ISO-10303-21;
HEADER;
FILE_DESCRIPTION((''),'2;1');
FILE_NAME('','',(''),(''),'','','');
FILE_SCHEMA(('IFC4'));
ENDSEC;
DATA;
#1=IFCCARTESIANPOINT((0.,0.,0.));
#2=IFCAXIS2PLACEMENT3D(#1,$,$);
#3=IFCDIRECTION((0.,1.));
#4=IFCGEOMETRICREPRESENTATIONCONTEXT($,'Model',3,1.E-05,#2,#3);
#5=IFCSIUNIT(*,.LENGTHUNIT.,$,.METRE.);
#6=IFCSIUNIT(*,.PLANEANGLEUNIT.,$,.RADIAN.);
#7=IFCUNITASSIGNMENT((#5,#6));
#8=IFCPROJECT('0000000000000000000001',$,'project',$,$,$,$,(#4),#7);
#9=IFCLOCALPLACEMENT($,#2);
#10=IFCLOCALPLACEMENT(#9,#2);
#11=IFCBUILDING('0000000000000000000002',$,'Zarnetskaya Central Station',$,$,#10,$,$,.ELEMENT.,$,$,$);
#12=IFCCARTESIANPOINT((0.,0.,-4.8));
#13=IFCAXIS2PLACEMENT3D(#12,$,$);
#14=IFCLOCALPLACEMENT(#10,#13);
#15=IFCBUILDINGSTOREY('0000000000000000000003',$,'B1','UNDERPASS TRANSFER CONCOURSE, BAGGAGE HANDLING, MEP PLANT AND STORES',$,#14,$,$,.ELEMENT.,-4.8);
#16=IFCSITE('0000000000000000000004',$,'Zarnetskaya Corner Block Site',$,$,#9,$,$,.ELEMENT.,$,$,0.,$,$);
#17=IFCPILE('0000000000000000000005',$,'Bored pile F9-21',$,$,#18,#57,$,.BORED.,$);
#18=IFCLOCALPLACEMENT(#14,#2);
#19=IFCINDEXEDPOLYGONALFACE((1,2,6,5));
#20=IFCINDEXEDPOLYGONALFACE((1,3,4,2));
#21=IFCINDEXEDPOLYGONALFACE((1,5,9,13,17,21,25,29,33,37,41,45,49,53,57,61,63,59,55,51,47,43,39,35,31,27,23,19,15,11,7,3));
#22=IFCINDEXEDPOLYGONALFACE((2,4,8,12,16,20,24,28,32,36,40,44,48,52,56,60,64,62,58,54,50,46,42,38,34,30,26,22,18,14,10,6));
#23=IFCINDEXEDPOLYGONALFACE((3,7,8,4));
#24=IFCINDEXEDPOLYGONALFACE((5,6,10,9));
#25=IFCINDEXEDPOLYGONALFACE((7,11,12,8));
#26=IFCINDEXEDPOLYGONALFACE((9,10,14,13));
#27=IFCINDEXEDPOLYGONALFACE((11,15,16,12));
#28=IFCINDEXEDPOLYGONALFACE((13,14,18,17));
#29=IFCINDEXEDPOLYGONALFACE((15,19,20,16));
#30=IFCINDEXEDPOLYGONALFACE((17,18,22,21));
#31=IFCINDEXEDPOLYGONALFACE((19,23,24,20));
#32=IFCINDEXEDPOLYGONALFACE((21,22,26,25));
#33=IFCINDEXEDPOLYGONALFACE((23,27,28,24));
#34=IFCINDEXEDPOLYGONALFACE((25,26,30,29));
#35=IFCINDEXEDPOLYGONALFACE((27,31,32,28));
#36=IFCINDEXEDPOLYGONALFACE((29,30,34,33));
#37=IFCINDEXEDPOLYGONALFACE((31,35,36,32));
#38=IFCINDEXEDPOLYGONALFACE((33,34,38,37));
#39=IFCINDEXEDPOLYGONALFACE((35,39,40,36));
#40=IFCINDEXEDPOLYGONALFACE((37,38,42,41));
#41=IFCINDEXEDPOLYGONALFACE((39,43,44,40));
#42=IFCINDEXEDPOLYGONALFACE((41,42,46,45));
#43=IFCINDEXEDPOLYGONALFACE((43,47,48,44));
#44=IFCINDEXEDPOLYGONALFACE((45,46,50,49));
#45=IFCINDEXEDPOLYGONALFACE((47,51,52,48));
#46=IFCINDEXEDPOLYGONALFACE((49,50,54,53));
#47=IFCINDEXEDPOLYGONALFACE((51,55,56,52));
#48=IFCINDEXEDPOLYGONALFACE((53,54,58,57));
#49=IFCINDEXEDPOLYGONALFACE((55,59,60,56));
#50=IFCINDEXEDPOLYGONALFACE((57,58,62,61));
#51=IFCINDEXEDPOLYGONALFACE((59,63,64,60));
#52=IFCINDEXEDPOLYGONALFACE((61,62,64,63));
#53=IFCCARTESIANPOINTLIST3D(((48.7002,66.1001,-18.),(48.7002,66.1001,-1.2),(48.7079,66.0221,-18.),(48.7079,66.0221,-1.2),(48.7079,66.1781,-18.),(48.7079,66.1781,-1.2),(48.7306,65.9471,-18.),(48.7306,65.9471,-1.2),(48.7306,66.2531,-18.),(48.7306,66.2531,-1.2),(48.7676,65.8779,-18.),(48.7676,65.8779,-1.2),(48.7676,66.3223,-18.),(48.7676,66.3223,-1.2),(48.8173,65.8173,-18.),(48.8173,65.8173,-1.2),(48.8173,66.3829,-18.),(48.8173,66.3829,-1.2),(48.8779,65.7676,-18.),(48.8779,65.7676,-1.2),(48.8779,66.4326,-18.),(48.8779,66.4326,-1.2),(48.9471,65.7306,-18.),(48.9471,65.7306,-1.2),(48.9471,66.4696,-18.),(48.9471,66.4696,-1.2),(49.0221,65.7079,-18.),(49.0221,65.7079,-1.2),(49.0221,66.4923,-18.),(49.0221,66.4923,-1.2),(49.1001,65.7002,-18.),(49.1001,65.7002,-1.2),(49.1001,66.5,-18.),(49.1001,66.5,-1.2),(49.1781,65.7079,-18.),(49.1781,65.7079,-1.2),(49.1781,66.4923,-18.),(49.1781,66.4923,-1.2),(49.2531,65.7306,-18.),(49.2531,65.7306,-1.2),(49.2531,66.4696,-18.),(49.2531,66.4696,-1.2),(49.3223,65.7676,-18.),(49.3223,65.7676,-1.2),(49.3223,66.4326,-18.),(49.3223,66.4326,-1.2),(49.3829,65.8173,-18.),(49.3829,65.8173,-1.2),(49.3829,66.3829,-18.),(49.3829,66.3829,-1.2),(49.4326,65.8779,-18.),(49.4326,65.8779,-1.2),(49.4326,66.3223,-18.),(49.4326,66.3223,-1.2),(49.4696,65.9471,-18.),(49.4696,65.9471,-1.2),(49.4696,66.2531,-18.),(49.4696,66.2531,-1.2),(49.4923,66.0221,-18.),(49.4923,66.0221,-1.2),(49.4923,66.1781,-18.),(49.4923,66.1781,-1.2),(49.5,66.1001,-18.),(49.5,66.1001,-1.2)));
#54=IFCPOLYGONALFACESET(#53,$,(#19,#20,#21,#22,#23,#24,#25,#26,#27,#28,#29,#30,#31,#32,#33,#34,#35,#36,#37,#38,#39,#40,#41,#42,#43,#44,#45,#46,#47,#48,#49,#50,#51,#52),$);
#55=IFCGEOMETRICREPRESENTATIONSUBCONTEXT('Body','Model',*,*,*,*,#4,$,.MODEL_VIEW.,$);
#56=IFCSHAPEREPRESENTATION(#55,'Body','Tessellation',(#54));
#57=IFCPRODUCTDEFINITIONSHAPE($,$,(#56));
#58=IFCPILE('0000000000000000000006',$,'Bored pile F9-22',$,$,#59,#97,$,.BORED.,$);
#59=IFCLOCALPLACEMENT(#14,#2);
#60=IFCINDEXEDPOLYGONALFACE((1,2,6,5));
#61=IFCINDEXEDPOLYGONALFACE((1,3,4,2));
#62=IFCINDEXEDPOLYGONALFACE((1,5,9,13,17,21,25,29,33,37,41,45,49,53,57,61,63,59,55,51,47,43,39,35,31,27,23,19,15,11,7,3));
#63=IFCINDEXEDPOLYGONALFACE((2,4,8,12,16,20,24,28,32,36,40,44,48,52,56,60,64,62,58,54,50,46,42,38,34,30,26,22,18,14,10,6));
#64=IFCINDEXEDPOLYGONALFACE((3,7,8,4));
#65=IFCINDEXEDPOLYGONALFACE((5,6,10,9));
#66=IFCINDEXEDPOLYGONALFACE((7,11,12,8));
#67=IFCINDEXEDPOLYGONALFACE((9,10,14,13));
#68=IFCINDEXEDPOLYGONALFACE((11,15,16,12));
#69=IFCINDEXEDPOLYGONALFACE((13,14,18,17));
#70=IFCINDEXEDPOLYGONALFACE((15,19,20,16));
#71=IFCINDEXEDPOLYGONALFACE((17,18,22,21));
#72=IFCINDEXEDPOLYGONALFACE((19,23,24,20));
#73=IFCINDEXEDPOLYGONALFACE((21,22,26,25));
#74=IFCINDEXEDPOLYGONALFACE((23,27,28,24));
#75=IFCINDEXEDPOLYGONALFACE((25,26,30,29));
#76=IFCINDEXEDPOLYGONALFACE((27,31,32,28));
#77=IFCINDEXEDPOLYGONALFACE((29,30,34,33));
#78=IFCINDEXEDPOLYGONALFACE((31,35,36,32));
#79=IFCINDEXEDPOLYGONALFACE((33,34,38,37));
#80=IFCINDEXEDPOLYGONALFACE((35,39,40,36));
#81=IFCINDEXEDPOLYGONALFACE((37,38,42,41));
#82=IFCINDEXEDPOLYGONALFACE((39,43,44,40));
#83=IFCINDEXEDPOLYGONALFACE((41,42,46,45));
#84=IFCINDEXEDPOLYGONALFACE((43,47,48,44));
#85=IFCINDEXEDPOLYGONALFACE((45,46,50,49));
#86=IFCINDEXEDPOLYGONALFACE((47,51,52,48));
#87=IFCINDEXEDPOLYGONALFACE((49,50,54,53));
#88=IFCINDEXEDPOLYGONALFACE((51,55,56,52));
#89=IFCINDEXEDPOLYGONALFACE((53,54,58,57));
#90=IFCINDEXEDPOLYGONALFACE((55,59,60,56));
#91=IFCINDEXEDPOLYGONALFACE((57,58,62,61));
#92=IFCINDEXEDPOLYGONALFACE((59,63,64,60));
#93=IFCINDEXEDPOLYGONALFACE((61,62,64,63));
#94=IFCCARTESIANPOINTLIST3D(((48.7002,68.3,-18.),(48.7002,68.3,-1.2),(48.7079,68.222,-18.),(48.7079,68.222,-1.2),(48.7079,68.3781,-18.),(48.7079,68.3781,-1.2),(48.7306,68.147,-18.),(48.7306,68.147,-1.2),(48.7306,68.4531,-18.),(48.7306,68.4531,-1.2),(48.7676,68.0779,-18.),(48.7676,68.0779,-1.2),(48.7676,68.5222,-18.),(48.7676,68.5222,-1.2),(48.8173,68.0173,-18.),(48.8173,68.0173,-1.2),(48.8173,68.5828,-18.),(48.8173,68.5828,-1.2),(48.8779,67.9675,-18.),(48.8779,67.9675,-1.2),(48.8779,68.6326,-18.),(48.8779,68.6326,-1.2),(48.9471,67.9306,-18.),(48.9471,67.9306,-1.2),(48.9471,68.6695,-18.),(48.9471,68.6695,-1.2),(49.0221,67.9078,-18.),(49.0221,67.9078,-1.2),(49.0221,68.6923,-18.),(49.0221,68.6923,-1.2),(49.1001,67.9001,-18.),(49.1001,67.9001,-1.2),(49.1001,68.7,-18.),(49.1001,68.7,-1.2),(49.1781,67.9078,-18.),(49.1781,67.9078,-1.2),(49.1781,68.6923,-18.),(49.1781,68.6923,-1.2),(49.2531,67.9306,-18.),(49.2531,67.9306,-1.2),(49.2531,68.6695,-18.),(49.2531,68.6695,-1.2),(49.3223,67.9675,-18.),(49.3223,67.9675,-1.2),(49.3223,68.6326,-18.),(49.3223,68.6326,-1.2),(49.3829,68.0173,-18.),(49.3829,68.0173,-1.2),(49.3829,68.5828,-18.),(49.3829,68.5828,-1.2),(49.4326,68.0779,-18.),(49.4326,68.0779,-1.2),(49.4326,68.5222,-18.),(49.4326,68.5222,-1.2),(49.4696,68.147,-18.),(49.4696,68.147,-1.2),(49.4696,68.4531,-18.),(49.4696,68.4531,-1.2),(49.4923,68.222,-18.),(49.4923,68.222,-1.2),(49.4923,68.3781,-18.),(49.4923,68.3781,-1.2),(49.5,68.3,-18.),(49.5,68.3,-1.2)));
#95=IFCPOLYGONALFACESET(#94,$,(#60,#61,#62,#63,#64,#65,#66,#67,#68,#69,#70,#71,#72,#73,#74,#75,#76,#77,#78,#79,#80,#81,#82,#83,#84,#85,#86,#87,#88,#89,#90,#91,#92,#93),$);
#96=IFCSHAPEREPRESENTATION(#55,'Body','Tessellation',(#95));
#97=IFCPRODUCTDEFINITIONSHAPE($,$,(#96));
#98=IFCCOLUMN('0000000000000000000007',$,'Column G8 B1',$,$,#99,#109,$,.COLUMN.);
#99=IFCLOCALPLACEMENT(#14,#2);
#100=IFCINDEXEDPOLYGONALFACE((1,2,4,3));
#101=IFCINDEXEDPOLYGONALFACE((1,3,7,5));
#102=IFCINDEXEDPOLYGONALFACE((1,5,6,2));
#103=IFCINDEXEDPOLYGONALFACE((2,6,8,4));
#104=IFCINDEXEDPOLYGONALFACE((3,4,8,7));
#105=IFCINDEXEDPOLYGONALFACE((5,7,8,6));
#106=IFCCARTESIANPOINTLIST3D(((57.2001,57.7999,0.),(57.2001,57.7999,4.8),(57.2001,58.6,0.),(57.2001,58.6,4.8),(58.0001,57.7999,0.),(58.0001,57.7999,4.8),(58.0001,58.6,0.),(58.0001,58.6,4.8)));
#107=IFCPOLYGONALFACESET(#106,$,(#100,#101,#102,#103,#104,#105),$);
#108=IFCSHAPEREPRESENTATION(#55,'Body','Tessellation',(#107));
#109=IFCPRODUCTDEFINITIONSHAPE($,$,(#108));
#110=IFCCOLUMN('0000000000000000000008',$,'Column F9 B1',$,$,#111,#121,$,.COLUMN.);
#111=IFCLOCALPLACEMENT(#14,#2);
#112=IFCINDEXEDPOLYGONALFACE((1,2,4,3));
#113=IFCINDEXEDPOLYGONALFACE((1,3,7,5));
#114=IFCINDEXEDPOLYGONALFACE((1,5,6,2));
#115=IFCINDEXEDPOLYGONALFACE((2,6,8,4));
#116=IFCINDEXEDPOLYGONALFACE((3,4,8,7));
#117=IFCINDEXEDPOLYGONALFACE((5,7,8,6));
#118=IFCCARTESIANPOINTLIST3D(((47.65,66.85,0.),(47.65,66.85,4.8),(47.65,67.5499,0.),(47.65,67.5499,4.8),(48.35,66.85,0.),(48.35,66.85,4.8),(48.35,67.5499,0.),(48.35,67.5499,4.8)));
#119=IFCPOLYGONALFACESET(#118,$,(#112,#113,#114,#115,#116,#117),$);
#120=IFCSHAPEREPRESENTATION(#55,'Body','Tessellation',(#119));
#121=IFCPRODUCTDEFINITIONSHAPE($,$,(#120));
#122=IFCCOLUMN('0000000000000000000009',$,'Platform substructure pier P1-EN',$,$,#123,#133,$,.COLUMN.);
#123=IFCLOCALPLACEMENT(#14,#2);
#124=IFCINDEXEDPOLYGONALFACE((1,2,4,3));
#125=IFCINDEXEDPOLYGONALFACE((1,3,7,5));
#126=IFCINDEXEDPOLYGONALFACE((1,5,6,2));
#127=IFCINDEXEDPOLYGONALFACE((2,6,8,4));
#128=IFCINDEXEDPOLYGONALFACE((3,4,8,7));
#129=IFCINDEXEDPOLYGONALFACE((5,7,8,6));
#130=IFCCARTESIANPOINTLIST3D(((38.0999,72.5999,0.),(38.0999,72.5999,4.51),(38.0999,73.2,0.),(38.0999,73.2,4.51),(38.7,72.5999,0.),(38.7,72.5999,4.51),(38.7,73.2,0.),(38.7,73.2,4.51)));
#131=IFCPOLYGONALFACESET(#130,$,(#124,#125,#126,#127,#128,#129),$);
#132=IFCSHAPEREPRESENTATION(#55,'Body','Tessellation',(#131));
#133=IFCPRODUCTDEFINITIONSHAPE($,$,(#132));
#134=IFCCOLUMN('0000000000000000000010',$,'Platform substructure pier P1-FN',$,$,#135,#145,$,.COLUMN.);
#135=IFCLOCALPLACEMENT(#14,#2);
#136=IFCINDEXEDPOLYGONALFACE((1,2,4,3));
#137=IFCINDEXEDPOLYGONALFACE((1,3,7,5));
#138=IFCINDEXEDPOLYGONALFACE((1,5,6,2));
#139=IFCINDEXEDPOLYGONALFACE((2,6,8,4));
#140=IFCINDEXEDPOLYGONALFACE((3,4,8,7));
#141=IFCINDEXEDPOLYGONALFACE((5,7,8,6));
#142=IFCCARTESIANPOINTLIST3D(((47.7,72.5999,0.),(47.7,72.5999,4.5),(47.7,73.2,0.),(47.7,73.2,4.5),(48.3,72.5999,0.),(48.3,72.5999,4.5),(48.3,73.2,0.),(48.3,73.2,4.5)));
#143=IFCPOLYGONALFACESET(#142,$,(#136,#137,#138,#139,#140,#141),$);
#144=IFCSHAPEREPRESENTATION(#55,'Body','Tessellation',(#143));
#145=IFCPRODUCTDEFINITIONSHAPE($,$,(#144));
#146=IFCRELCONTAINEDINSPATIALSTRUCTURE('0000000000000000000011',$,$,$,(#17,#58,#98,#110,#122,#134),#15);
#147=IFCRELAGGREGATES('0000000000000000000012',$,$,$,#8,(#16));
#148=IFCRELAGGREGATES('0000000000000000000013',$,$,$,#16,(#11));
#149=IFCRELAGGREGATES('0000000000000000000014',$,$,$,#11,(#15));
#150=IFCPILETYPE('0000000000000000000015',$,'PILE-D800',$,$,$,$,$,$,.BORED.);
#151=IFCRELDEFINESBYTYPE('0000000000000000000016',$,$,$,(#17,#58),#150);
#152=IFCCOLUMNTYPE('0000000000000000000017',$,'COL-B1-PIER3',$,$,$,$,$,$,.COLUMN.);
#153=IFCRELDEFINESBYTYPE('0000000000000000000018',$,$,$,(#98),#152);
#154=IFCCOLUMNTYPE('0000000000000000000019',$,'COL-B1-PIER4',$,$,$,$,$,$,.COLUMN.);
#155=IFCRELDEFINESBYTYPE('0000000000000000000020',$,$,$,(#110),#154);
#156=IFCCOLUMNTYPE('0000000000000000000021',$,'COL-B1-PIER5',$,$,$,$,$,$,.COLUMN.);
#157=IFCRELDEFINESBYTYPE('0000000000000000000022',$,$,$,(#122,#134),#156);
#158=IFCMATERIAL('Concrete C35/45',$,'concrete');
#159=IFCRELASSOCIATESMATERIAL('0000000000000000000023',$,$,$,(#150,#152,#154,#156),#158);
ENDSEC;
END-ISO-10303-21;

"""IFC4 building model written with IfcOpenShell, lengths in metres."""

from ifc_helpers import new_model, si_unit, direction, frame, origin, origin_2d, place, context, subcontext, project, spatial, rectangle, circle, extrude, material, material_profile, profile_set, type_object, element, save


model = new_model("IFC4")

# Units and contexts
model_context = context("Model", 3, precision=1e-05, world=origin(), true_north=direction((0.0, 1.0)))
body_context = subcontext(model_context, "Body", "Model", "MODEL_VIEW")
ifc_project = project(units=[si_unit("LENGTHUNIT", "METRE"), si_unit("PLANEANGLEUNIT", "RADIAN")], contexts=[model_context])

# Site, building, storey
site_placement = place(None, origin())
site = spatial("IfcSite", under=ifc_project, at=site_placement, Name="Zarnetskaya Corner Block Site", CompositionType="ELEMENT", RefElevation=0.0)
building_placement = place(site_placement, origin())
building = spatial("IfcBuilding", under=site, at=building_placement, Name="Zarnetskaya Central Station", CompositionType="ELEMENT")
storey_placement = place(building_placement, frame((0.0, 0.0, -4.8)))
storey = spatial("IfcBuildingStorey", under=building, at=storey_placement, Name="B1", Description="UNDERPASS TRANSFER CONCOURSE, BAGGAGE HANDLING, MEP PLANT AND STORES", CompositionType="ELEMENT", Elevation=-4.8)

# Shared definitions
ifc_material = material(Name="Concrete C35/45", Category="concrete")

# Piles
ifc_material_profile_1 = material_profile(ifc_material, circle(Radius=0.3999, at=origin_2d()), Name="BORED PILE D800")
ifc_profile_set_1 = profile_set([ifc_material_profile_1], Name="Concrete C35/45")
pile_type_1 = type_object("IfcPileType", Name="PILE-D800", PredefinedType="BORED", material=ifc_profile_set_1)
for number, where, z_axis, x_axis, name in (
    (1, (49.1001, 66.1001, -1.2), (0.0, 0.0, -1.0), (1.0, 0.0, 0.0), "Bored pile F9-21"),
    (2, (49.1001, 68.3, -1.2), (0.0, 0.0, -1.0), (1.0, 0.0, 0.0), "Bored pile F9-22"),
):
    element("IfcPile", number, at=place(storey_placement, frame(where, z_axis=z_axis, x_axis=x_axis)), inside=storey, type_object=pile_type_1, Name=name, PredefinedType="BORED", context=body_context, shape_type="SweptSolid", body=[
        extrude(circle(Radius=0.3999, at=origin_2d()), origin(), (0.0, 0.0, 1.0), 16.8),
    ])

# Columns
ifc_material_profile_2 = material_profile(ifc_material, rectangle(XDim=0.8, YDim=0.8, at=origin_2d()), Name="RC 800x800")
ifc_profile_set_2 = profile_set([ifc_material_profile_2], Name="Concrete C35/45")
column_type_1 = type_object("IfcColumnType", Name="COL-B1-PIER3", PredefinedType="COLUMN", material=ifc_profile_set_2)
column_1_placement = place(storey_placement, frame((57.6001, 58.2, 0.0), z_axis=(0.0, 0.0, 1.0), x_axis=(1.0, 0.0, 0.0)))
element("IfcColumn", 3, at=column_1_placement, inside=storey, type_object=column_type_1, Name="Column G8 B1", PredefinedType="COLUMN", context=body_context, shape_type="SweptSolid", body=[
    extrude(rectangle(XDim=0.8, YDim=0.8, at=origin_2d()), origin(), (0.0, 0.0, 1.0), 4.8),
])
ifc_material_profile_3 = material_profile(ifc_material, rectangle(XDim=0.7, YDim=0.7, at=origin_2d()), Name="RC 700x700")
ifc_profile_set_3 = profile_set([ifc_material_profile_3], Name="Concrete C35/45")
column_type_2 = type_object("IfcColumnType", Name="COL-B1-PIER4", PredefinedType="COLUMN", material=ifc_profile_set_3)
column_2_placement = place(storey_placement, frame((48.0, 67.2, 0.0), z_axis=(0.0, 0.0, 1.0), x_axis=(1.0, 0.0, 0.0)))
element("IfcColumn", 4, at=column_2_placement, inside=storey, type_object=column_type_2, Name="Column F9 B1", PredefinedType="COLUMN", context=body_context, shape_type="SweptSolid", body=[
    extrude(rectangle(XDim=0.7, YDim=0.7, at=origin_2d()), origin(), (0.0, 0.0, 1.0), 4.8),
])
ifc_material_profile_4 = material_profile(ifc_material, rectangle(XDim=0.6001, YDim=0.6001, at=origin_2d()), Name="RC 600x600")
ifc_profile_set_4 = profile_set([ifc_material_profile_4], Name="Concrete C35/45")
column_type_3 = type_object("IfcColumnType", Name="COL-B1-PIER5", PredefinedType="COLUMN", material=ifc_profile_set_4)
column_3_placement = place(storey_placement, frame((38.3999, 72.8999, 0.0), z_axis=(0.0, 0.0, 1.0), x_axis=(1.0, 0.0, 0.0)))
element("IfcColumn", 5, at=column_3_placement, inside=storey, type_object=column_type_3, Name="Platform substructure pier P1-EN", PredefinedType="COLUMN", context=body_context, shape_type="SweptSolid", body=[
    extrude(rectangle(XDim=0.6001, YDim=0.6001, at=origin_2d()), origin(), (0.0, 0.0, 1.0), 4.51),
])
column_4_placement = place(storey_placement, frame((48.0, 72.8999, 0.0), z_axis=(0.0, 0.0, 1.0), x_axis=(1.0, 0.0, 0.0)))
element("IfcColumn", 6, at=column_4_placement, inside=storey, type_object=column_type_3, Name="Platform substructure pier P1-FN", PredefinedType="COLUMN", context=body_context, shape_type="SweptSolid", body=[
    extrude(rectangle(XDim=0.6001, YDim=0.6001, at=origin_2d()), origin(), (0.0, 0.0, 1.0), 4.5),
])

save(model, "model.ifc")
